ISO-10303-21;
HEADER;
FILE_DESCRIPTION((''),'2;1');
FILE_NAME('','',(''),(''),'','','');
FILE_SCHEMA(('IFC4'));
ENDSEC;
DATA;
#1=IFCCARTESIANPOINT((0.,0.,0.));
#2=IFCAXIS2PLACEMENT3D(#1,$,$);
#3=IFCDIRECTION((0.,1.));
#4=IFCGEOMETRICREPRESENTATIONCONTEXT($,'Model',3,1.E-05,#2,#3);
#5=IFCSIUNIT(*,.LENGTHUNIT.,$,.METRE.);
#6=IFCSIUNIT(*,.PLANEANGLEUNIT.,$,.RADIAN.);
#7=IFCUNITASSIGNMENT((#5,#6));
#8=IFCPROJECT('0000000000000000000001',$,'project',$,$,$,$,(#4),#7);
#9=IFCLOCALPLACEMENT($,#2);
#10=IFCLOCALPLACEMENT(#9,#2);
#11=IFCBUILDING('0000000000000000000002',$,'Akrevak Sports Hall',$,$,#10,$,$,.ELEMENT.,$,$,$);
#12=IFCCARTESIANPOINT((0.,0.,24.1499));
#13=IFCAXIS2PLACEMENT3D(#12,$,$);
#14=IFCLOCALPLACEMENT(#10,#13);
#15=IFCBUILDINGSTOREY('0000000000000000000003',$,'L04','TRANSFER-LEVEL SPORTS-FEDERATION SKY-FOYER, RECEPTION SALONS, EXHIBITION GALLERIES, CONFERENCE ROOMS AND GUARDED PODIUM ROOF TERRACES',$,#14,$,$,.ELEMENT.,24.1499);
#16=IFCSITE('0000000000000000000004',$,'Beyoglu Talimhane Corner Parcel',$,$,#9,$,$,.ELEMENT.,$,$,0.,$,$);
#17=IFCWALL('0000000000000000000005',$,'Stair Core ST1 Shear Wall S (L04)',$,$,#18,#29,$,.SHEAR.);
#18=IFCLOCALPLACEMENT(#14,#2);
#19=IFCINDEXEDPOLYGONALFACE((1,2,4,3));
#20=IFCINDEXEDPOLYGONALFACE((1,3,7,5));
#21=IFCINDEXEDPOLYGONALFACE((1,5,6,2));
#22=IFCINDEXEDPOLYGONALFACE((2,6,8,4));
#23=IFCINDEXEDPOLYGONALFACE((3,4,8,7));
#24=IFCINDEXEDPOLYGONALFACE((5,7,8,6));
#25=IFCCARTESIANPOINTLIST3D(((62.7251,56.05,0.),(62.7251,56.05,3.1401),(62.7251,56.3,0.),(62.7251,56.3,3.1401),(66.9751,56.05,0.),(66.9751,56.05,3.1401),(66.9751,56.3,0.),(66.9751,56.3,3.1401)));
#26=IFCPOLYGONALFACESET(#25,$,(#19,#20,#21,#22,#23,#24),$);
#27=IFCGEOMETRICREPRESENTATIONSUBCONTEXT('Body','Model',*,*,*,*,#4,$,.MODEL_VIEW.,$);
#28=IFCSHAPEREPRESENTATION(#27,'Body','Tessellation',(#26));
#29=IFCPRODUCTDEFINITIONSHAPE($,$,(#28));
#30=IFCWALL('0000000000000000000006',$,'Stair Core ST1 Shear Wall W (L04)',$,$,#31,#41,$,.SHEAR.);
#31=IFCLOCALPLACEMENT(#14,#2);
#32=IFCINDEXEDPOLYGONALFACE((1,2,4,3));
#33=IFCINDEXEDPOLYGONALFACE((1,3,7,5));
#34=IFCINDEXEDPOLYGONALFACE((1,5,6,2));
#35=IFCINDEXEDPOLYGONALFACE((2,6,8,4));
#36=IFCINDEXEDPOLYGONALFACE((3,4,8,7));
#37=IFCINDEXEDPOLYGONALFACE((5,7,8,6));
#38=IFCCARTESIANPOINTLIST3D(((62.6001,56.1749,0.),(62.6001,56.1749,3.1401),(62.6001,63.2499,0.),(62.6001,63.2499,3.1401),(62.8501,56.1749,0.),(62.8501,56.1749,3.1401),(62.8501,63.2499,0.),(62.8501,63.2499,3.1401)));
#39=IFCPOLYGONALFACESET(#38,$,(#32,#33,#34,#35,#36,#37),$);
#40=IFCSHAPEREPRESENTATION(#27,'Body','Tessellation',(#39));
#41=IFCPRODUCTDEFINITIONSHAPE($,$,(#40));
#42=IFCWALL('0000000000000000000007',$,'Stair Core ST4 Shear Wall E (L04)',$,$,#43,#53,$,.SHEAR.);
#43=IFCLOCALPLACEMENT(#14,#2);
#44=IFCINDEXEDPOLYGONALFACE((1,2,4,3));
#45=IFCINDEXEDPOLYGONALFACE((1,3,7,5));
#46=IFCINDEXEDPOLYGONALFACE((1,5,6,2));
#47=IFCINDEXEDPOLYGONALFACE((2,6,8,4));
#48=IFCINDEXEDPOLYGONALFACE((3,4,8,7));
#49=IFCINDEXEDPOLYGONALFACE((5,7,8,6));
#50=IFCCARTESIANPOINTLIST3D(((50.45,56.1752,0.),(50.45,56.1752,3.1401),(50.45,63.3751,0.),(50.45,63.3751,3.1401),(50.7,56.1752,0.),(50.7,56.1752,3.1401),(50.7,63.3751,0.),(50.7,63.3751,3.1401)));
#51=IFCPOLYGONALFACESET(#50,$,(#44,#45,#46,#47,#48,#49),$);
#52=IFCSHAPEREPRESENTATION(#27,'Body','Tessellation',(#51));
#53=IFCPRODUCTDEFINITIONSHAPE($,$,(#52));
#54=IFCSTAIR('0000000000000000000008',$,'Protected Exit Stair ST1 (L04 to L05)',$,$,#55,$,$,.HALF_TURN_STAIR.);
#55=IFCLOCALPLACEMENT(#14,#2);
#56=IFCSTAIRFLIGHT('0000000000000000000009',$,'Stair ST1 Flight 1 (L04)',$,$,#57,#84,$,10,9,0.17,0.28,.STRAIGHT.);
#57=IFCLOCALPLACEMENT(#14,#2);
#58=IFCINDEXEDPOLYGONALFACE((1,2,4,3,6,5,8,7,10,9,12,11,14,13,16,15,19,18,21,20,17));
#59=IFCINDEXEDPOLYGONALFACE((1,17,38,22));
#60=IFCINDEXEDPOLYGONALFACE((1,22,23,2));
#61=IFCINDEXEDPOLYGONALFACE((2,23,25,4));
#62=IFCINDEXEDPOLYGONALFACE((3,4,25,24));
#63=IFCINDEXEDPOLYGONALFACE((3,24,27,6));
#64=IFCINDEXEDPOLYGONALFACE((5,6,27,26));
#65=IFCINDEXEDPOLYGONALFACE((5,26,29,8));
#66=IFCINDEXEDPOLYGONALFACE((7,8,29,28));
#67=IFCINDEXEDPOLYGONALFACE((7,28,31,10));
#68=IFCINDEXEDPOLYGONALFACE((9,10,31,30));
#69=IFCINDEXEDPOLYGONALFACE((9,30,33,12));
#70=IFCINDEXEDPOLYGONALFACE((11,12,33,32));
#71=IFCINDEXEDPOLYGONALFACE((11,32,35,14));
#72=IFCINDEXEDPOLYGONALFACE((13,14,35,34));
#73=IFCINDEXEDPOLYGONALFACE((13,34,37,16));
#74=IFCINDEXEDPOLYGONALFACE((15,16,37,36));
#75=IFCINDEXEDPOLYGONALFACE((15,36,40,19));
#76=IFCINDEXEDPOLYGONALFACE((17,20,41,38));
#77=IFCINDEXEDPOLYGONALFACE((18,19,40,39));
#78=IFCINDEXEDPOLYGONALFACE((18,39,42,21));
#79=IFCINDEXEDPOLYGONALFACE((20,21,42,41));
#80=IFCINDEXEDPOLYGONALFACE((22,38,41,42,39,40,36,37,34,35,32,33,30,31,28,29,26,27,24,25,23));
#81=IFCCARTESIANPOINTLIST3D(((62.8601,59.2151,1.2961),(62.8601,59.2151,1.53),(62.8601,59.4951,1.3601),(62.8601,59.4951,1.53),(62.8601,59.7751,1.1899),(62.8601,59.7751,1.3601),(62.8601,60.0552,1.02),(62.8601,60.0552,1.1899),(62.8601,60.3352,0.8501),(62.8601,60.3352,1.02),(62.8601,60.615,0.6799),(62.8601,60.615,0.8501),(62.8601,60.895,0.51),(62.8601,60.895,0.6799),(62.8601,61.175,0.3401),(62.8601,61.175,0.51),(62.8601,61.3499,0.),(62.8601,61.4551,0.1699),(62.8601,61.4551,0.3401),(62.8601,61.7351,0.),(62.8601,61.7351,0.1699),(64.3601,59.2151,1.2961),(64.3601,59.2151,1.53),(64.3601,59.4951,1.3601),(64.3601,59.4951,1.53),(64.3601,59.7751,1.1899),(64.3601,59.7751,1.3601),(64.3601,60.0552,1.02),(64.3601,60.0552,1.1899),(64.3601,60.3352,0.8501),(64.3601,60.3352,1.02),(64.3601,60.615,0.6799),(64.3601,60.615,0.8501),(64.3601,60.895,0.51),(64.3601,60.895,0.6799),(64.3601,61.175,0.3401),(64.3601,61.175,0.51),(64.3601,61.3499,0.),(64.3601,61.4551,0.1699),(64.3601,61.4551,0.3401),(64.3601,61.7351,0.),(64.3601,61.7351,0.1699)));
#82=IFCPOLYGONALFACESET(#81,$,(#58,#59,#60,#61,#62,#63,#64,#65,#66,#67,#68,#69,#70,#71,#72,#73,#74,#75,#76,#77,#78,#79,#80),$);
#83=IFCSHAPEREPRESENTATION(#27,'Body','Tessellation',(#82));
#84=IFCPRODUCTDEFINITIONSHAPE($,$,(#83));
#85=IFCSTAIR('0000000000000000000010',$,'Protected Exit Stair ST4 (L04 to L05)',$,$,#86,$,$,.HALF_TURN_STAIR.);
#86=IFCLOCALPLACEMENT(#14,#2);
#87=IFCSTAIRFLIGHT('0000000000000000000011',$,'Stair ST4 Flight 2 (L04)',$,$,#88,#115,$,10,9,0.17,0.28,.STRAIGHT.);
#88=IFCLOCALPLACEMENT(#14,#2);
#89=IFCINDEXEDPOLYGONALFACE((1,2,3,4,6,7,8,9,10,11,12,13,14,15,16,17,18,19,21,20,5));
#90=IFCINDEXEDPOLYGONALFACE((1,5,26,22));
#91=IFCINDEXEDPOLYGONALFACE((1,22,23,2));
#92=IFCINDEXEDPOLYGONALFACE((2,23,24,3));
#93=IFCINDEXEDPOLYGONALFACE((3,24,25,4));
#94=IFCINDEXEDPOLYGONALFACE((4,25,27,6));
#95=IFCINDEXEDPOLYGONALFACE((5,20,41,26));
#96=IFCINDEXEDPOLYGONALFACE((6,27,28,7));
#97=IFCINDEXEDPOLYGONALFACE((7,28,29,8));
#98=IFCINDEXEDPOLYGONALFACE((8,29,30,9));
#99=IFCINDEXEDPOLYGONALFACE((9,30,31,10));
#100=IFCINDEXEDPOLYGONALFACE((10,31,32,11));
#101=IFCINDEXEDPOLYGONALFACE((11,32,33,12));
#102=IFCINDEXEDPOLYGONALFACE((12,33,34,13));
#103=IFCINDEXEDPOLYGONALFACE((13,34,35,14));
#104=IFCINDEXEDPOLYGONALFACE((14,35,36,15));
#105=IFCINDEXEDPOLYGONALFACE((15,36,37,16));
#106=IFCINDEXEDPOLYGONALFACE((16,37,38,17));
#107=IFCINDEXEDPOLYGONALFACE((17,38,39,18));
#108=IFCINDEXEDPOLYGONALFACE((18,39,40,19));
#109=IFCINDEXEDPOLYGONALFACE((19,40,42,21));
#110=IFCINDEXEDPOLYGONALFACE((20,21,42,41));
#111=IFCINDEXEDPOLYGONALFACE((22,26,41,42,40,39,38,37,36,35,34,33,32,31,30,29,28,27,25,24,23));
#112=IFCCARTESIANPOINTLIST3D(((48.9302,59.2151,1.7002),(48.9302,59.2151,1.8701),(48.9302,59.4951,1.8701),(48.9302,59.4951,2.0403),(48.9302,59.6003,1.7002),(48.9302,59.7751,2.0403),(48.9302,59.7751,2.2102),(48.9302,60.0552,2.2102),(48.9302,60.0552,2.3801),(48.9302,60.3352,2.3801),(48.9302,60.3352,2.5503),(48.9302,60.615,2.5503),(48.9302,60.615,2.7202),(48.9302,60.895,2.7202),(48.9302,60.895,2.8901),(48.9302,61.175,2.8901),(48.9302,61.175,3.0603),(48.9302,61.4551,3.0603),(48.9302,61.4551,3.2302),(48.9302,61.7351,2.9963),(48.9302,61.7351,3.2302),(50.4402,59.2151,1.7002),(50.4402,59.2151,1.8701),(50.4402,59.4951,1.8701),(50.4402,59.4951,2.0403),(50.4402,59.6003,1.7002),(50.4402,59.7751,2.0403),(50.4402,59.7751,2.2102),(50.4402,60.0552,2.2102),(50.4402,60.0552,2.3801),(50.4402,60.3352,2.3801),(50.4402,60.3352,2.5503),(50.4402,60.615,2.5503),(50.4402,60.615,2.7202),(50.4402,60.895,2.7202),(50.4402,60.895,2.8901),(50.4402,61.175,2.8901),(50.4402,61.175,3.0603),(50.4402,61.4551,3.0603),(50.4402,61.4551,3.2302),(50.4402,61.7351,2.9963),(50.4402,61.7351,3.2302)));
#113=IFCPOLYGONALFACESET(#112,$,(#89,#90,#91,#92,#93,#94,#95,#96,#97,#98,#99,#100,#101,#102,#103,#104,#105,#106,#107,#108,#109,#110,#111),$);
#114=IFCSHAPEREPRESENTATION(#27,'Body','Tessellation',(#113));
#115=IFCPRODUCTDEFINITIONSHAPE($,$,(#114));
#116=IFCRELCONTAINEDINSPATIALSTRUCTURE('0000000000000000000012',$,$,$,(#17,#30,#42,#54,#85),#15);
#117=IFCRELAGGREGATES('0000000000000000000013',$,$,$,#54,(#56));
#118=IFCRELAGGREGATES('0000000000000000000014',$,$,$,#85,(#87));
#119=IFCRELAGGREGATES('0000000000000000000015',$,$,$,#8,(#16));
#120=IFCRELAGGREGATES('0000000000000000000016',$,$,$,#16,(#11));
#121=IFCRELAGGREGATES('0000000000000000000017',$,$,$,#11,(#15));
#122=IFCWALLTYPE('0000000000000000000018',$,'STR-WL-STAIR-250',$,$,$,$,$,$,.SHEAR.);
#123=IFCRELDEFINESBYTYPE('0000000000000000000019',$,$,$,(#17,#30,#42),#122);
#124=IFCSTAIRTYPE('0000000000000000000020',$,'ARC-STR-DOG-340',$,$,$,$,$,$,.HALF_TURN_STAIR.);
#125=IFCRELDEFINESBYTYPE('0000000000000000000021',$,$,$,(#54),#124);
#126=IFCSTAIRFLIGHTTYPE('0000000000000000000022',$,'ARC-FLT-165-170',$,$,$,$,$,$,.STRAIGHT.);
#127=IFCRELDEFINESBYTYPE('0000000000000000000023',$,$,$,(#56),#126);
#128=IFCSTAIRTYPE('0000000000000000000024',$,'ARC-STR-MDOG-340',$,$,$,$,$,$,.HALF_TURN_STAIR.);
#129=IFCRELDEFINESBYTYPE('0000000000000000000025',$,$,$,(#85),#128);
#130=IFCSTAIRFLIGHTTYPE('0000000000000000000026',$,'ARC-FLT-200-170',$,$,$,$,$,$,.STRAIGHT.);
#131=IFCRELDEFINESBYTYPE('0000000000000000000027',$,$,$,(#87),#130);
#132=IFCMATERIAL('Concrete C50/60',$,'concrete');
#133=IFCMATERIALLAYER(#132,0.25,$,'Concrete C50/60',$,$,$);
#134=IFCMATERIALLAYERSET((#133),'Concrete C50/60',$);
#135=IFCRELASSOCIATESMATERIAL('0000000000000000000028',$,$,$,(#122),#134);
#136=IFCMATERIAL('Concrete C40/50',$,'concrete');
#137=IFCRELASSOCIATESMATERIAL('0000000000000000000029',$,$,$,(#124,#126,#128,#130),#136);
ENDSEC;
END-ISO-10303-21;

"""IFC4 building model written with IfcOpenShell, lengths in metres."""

from ifc_helpers import new_model, si_unit, direction, frame, frame_2d, origin, place, context, subcontext, project, spatial, polyline, rectangle, outline, extrude, material, layer, layer_set, type_object, element, aggregate, save


model = new_model("IFC4")

# Units and contexts
model_context = context("Model", 3, precision=1e-05, world=origin(), true_north=direction((0.0, 1.0)))
body_context = subcontext(model_context, "Body", "Model", "MODEL_VIEW")
ifc_project = project(units=[si_unit("LENGTHUNIT", "METRE"), si_unit("PLANEANGLEUNIT", "RADIAN")], contexts=[model_context])

# Site, building, storey
site_placement = place(None, origin())
site = spatial("IfcSite", under=ifc_project, at=site_placement, Name="Beyoglu Talimhane Corner Parcel", CompositionType="ELEMENT", RefElevation=0.0)
building_placement = place(site_placement, origin())
building = spatial("IfcBuilding", under=site, at=building_placement, Name="Akrevak Sports Hall", CompositionType="ELEMENT")
storey_placement = place(building_placement, frame((0.0, 0.0, 24.1499)))
storey = spatial("IfcBuildingStorey", under=building, at=storey_placement, Name="L04", Description="TRANSFER-LEVEL SPORTS-FEDERATION SKY-FOYER, RECEPTION SALONS, EXHIBITION GALLERIES, CONFERENCE ROOMS AND GUARDED PODIUM ROOF TERRACES", CompositionType="ELEMENT", Elevation=24.1499)

# Shared definitions
ifc_material_1 = material(Name="Concrete C50/60", Category="concrete")
ifc_material_2 = material(Name="Concrete C40/50", Category="concrete")

# Walls
ifc_layer_1 = layer(ifc_material_1, 0.25, Name="Concrete C50/60")
ifc_layer_set_1 = layer_set([ifc_layer_1], Name="Concrete C50/60")
wall_type_1 = type_object("IfcWallType", Name="STR-WL-STAIR-250", PredefinedType="SHEAR", material=ifc_layer_set_1)
wall_1_placement = place(storey_placement, frame((62.7251, 56.175, 0.0), z_axis=(0.0, 0.0, 1.0), x_axis=(1.0, 0.0, 0.0)))
element("IfcWall", 1, at=wall_1_placement, inside=storey, type_object=wall_type_1, Name="Stair Core ST1 Shear Wall S (L04)", PredefinedType="SHEAR", context=body_context, shape_type="SweptSolid", body=[
    extrude(rectangle(XDim=4.25, YDim=0.25, at=frame_2d((2.125, 0.0))), origin(), (0.0, 0.0, 1.0), 3.1401),
])
wall_2_placement = place(storey_placement, frame((62.7251, 63.25, 0.0), z_axis=(0.0, 0.0, 1.0), x_axis=(0.0, -1.0, 0.0)))
element("IfcWall", 2, at=wall_2_placement, inside=storey, type_object=wall_type_1, Name="Stair Core ST1 Shear Wall W (L04)", PredefinedType="SHEAR", context=body_context, shape_type="SweptSolid", body=[
    extrude(rectangle(XDim=7.075, YDim=0.25, at=frame_2d((3.5376, 0.0))), origin(), (0.0, 0.0, 1.0), 3.1401),
])
wall_3_placement = place(storey_placement, frame((50.575, 56.175, 0.0), z_axis=(0.0, 0.0, 1.0), x_axis=(0.0, 1.0, 0.0)))
element("IfcWall", 3, at=wall_3_placement, inside=storey, type_object=wall_type_1, Name="Stair Core ST4 Shear Wall E (L04)", PredefinedType="SHEAR", context=body_context, shape_type="SweptSolid", body=[
    extrude(rectangle(XDim=7.2, YDim=0.25, at=frame_2d((3.6001, 0.0))), origin(), (0.0, 0.0, 1.0), 3.1401),
])

# Stairs, stair flights
stair_type_1 = type_object("IfcStairType", Name="ARC-STR-DOG-340", PredefinedType="HALF_TURN_STAIR", material=ifc_material_2)
stair_1_placement = place(storey_placement, origin())
stair_1 = element("IfcStair", 4, at=stair_1_placement, inside=storey, type_object=stair_type_1, Name="Protected Exit Stair ST1 (L04 to L05)", PredefinedType="HALF_TURN_STAIR")
stair_flight_type_1 = type_object("IfcStairFlightType", Name="ARC-FLT-165-170", PredefinedType="STRAIGHT", material=ifc_material_2)
stair_flight_1_placement = place(storey_placement, frame((63.6101, 61.7351, 0.0), z_axis=(0.0, 0.0, 1.0), x_axis=(0.0, -1.0, 0.0)))
stair_flight_1 = element("IfcStairFlight", 5, at=stair_flight_1_placement, type_object=stair_flight_type_1, Name="Stair ST1 Flight 1 (L04)", NumberOfRisers=10, NumberOfTreads=9, PredefinedType="STRAIGHT", RiserHeight=0.17, TreadLength=0.28, context=body_context, shape_type="SweptSolid", body=[
    extrude(outline(polyline([(0.0, 0.0), (0.0, 0.1699), (0.28, 0.1699), (0.28, 0.3401), (0.5601, 0.3401), (0.5601, 0.51), (0.8401, 0.51), (0.8401, 0.6799), (1.1201, 0.6799), (1.1201, 0.8501), (1.3999, 0.8501), (1.3999, 1.02), (1.6799, 1.02), (1.6799, 1.1899), (1.96, 1.1899), (1.96, 1.3601), (2.24, 1.3601), (2.24, 1.53), (2.52, 1.53), (2.52, 1.7), (2.52, 1.2961), (0.3853, 0.0), (0.0, 0.0)])), frame((0.0, 0.75, 0.0), z_axis=(0.0, -1.0, 0.0), x_axis=(1.0, 0.0, 0.0)), (0.0, 0.0, 1.0), 1.5),
])
aggregate(stair_1, [stair_flight_1])
stair_type_2 = type_object("IfcStairType", Name="ARC-STR-MDOG-340", PredefinedType="HALF_TURN_STAIR", material=ifc_material_2)
stair_2_placement = place(storey_placement, origin())
stair_2 = element("IfcStair", 6, at=stair_2_placement, inside=storey, type_object=stair_type_2, Name="Protected Exit Stair ST4 (L04 to L05)", PredefinedType="HALF_TURN_STAIR")
stair_flight_type_2 = type_object("IfcStairFlightType", Name="ARC-FLT-200-170", PredefinedType="STRAIGHT", material=ifc_material_2)
stair_flight_2_placement = place(storey_placement, frame((49.6851, 59.2151, 1.7002), z_axis=(0.0, 0.0, 1.0), x_axis=(0.0, 1.0, 0.0)))
stair_flight_2 = element("IfcStairFlight", 7, at=stair_flight_2_placement, type_object=stair_flight_type_2, Name="Stair ST4 Flight 2 (L04)", NumberOfRisers=10, NumberOfTreads=9, PredefinedType="STRAIGHT", RiserHeight=0.17, TreadLength=0.28, context=body_context, shape_type="SweptSolid", body=[
    extrude(outline(polyline([(0.0, 0.0), (0.0, 0.1699), (0.28, 0.1699), (0.28, 0.3401), (0.5601, 0.3401), (0.5601, 0.51), (0.8401, 0.51), (0.8401, 0.6799), (1.1201, 0.6799), (1.1201, 0.8501), (1.3999, 0.8501), (1.3999, 1.02), (1.6799, 1.02), (1.6799, 1.1899), (1.96, 1.1899), (1.96, 1.3601), (2.24, 1.3601), (2.24, 1.53), (2.52, 1.53), (2.52, 1.7), (2.52, 1.2961), (0.3853, 0.0), (0.0, 0.0)])), frame((0.0, 0.7549, 0.0), z_axis=(0.0, -1.0, 0.0), x_axis=(1.0, 0.0, 0.0)), (0.0, 0.0, 1.0), 1.51),
])
aggregate(stair_2, [stair_flight_2])

save(model, "model.ifc")
